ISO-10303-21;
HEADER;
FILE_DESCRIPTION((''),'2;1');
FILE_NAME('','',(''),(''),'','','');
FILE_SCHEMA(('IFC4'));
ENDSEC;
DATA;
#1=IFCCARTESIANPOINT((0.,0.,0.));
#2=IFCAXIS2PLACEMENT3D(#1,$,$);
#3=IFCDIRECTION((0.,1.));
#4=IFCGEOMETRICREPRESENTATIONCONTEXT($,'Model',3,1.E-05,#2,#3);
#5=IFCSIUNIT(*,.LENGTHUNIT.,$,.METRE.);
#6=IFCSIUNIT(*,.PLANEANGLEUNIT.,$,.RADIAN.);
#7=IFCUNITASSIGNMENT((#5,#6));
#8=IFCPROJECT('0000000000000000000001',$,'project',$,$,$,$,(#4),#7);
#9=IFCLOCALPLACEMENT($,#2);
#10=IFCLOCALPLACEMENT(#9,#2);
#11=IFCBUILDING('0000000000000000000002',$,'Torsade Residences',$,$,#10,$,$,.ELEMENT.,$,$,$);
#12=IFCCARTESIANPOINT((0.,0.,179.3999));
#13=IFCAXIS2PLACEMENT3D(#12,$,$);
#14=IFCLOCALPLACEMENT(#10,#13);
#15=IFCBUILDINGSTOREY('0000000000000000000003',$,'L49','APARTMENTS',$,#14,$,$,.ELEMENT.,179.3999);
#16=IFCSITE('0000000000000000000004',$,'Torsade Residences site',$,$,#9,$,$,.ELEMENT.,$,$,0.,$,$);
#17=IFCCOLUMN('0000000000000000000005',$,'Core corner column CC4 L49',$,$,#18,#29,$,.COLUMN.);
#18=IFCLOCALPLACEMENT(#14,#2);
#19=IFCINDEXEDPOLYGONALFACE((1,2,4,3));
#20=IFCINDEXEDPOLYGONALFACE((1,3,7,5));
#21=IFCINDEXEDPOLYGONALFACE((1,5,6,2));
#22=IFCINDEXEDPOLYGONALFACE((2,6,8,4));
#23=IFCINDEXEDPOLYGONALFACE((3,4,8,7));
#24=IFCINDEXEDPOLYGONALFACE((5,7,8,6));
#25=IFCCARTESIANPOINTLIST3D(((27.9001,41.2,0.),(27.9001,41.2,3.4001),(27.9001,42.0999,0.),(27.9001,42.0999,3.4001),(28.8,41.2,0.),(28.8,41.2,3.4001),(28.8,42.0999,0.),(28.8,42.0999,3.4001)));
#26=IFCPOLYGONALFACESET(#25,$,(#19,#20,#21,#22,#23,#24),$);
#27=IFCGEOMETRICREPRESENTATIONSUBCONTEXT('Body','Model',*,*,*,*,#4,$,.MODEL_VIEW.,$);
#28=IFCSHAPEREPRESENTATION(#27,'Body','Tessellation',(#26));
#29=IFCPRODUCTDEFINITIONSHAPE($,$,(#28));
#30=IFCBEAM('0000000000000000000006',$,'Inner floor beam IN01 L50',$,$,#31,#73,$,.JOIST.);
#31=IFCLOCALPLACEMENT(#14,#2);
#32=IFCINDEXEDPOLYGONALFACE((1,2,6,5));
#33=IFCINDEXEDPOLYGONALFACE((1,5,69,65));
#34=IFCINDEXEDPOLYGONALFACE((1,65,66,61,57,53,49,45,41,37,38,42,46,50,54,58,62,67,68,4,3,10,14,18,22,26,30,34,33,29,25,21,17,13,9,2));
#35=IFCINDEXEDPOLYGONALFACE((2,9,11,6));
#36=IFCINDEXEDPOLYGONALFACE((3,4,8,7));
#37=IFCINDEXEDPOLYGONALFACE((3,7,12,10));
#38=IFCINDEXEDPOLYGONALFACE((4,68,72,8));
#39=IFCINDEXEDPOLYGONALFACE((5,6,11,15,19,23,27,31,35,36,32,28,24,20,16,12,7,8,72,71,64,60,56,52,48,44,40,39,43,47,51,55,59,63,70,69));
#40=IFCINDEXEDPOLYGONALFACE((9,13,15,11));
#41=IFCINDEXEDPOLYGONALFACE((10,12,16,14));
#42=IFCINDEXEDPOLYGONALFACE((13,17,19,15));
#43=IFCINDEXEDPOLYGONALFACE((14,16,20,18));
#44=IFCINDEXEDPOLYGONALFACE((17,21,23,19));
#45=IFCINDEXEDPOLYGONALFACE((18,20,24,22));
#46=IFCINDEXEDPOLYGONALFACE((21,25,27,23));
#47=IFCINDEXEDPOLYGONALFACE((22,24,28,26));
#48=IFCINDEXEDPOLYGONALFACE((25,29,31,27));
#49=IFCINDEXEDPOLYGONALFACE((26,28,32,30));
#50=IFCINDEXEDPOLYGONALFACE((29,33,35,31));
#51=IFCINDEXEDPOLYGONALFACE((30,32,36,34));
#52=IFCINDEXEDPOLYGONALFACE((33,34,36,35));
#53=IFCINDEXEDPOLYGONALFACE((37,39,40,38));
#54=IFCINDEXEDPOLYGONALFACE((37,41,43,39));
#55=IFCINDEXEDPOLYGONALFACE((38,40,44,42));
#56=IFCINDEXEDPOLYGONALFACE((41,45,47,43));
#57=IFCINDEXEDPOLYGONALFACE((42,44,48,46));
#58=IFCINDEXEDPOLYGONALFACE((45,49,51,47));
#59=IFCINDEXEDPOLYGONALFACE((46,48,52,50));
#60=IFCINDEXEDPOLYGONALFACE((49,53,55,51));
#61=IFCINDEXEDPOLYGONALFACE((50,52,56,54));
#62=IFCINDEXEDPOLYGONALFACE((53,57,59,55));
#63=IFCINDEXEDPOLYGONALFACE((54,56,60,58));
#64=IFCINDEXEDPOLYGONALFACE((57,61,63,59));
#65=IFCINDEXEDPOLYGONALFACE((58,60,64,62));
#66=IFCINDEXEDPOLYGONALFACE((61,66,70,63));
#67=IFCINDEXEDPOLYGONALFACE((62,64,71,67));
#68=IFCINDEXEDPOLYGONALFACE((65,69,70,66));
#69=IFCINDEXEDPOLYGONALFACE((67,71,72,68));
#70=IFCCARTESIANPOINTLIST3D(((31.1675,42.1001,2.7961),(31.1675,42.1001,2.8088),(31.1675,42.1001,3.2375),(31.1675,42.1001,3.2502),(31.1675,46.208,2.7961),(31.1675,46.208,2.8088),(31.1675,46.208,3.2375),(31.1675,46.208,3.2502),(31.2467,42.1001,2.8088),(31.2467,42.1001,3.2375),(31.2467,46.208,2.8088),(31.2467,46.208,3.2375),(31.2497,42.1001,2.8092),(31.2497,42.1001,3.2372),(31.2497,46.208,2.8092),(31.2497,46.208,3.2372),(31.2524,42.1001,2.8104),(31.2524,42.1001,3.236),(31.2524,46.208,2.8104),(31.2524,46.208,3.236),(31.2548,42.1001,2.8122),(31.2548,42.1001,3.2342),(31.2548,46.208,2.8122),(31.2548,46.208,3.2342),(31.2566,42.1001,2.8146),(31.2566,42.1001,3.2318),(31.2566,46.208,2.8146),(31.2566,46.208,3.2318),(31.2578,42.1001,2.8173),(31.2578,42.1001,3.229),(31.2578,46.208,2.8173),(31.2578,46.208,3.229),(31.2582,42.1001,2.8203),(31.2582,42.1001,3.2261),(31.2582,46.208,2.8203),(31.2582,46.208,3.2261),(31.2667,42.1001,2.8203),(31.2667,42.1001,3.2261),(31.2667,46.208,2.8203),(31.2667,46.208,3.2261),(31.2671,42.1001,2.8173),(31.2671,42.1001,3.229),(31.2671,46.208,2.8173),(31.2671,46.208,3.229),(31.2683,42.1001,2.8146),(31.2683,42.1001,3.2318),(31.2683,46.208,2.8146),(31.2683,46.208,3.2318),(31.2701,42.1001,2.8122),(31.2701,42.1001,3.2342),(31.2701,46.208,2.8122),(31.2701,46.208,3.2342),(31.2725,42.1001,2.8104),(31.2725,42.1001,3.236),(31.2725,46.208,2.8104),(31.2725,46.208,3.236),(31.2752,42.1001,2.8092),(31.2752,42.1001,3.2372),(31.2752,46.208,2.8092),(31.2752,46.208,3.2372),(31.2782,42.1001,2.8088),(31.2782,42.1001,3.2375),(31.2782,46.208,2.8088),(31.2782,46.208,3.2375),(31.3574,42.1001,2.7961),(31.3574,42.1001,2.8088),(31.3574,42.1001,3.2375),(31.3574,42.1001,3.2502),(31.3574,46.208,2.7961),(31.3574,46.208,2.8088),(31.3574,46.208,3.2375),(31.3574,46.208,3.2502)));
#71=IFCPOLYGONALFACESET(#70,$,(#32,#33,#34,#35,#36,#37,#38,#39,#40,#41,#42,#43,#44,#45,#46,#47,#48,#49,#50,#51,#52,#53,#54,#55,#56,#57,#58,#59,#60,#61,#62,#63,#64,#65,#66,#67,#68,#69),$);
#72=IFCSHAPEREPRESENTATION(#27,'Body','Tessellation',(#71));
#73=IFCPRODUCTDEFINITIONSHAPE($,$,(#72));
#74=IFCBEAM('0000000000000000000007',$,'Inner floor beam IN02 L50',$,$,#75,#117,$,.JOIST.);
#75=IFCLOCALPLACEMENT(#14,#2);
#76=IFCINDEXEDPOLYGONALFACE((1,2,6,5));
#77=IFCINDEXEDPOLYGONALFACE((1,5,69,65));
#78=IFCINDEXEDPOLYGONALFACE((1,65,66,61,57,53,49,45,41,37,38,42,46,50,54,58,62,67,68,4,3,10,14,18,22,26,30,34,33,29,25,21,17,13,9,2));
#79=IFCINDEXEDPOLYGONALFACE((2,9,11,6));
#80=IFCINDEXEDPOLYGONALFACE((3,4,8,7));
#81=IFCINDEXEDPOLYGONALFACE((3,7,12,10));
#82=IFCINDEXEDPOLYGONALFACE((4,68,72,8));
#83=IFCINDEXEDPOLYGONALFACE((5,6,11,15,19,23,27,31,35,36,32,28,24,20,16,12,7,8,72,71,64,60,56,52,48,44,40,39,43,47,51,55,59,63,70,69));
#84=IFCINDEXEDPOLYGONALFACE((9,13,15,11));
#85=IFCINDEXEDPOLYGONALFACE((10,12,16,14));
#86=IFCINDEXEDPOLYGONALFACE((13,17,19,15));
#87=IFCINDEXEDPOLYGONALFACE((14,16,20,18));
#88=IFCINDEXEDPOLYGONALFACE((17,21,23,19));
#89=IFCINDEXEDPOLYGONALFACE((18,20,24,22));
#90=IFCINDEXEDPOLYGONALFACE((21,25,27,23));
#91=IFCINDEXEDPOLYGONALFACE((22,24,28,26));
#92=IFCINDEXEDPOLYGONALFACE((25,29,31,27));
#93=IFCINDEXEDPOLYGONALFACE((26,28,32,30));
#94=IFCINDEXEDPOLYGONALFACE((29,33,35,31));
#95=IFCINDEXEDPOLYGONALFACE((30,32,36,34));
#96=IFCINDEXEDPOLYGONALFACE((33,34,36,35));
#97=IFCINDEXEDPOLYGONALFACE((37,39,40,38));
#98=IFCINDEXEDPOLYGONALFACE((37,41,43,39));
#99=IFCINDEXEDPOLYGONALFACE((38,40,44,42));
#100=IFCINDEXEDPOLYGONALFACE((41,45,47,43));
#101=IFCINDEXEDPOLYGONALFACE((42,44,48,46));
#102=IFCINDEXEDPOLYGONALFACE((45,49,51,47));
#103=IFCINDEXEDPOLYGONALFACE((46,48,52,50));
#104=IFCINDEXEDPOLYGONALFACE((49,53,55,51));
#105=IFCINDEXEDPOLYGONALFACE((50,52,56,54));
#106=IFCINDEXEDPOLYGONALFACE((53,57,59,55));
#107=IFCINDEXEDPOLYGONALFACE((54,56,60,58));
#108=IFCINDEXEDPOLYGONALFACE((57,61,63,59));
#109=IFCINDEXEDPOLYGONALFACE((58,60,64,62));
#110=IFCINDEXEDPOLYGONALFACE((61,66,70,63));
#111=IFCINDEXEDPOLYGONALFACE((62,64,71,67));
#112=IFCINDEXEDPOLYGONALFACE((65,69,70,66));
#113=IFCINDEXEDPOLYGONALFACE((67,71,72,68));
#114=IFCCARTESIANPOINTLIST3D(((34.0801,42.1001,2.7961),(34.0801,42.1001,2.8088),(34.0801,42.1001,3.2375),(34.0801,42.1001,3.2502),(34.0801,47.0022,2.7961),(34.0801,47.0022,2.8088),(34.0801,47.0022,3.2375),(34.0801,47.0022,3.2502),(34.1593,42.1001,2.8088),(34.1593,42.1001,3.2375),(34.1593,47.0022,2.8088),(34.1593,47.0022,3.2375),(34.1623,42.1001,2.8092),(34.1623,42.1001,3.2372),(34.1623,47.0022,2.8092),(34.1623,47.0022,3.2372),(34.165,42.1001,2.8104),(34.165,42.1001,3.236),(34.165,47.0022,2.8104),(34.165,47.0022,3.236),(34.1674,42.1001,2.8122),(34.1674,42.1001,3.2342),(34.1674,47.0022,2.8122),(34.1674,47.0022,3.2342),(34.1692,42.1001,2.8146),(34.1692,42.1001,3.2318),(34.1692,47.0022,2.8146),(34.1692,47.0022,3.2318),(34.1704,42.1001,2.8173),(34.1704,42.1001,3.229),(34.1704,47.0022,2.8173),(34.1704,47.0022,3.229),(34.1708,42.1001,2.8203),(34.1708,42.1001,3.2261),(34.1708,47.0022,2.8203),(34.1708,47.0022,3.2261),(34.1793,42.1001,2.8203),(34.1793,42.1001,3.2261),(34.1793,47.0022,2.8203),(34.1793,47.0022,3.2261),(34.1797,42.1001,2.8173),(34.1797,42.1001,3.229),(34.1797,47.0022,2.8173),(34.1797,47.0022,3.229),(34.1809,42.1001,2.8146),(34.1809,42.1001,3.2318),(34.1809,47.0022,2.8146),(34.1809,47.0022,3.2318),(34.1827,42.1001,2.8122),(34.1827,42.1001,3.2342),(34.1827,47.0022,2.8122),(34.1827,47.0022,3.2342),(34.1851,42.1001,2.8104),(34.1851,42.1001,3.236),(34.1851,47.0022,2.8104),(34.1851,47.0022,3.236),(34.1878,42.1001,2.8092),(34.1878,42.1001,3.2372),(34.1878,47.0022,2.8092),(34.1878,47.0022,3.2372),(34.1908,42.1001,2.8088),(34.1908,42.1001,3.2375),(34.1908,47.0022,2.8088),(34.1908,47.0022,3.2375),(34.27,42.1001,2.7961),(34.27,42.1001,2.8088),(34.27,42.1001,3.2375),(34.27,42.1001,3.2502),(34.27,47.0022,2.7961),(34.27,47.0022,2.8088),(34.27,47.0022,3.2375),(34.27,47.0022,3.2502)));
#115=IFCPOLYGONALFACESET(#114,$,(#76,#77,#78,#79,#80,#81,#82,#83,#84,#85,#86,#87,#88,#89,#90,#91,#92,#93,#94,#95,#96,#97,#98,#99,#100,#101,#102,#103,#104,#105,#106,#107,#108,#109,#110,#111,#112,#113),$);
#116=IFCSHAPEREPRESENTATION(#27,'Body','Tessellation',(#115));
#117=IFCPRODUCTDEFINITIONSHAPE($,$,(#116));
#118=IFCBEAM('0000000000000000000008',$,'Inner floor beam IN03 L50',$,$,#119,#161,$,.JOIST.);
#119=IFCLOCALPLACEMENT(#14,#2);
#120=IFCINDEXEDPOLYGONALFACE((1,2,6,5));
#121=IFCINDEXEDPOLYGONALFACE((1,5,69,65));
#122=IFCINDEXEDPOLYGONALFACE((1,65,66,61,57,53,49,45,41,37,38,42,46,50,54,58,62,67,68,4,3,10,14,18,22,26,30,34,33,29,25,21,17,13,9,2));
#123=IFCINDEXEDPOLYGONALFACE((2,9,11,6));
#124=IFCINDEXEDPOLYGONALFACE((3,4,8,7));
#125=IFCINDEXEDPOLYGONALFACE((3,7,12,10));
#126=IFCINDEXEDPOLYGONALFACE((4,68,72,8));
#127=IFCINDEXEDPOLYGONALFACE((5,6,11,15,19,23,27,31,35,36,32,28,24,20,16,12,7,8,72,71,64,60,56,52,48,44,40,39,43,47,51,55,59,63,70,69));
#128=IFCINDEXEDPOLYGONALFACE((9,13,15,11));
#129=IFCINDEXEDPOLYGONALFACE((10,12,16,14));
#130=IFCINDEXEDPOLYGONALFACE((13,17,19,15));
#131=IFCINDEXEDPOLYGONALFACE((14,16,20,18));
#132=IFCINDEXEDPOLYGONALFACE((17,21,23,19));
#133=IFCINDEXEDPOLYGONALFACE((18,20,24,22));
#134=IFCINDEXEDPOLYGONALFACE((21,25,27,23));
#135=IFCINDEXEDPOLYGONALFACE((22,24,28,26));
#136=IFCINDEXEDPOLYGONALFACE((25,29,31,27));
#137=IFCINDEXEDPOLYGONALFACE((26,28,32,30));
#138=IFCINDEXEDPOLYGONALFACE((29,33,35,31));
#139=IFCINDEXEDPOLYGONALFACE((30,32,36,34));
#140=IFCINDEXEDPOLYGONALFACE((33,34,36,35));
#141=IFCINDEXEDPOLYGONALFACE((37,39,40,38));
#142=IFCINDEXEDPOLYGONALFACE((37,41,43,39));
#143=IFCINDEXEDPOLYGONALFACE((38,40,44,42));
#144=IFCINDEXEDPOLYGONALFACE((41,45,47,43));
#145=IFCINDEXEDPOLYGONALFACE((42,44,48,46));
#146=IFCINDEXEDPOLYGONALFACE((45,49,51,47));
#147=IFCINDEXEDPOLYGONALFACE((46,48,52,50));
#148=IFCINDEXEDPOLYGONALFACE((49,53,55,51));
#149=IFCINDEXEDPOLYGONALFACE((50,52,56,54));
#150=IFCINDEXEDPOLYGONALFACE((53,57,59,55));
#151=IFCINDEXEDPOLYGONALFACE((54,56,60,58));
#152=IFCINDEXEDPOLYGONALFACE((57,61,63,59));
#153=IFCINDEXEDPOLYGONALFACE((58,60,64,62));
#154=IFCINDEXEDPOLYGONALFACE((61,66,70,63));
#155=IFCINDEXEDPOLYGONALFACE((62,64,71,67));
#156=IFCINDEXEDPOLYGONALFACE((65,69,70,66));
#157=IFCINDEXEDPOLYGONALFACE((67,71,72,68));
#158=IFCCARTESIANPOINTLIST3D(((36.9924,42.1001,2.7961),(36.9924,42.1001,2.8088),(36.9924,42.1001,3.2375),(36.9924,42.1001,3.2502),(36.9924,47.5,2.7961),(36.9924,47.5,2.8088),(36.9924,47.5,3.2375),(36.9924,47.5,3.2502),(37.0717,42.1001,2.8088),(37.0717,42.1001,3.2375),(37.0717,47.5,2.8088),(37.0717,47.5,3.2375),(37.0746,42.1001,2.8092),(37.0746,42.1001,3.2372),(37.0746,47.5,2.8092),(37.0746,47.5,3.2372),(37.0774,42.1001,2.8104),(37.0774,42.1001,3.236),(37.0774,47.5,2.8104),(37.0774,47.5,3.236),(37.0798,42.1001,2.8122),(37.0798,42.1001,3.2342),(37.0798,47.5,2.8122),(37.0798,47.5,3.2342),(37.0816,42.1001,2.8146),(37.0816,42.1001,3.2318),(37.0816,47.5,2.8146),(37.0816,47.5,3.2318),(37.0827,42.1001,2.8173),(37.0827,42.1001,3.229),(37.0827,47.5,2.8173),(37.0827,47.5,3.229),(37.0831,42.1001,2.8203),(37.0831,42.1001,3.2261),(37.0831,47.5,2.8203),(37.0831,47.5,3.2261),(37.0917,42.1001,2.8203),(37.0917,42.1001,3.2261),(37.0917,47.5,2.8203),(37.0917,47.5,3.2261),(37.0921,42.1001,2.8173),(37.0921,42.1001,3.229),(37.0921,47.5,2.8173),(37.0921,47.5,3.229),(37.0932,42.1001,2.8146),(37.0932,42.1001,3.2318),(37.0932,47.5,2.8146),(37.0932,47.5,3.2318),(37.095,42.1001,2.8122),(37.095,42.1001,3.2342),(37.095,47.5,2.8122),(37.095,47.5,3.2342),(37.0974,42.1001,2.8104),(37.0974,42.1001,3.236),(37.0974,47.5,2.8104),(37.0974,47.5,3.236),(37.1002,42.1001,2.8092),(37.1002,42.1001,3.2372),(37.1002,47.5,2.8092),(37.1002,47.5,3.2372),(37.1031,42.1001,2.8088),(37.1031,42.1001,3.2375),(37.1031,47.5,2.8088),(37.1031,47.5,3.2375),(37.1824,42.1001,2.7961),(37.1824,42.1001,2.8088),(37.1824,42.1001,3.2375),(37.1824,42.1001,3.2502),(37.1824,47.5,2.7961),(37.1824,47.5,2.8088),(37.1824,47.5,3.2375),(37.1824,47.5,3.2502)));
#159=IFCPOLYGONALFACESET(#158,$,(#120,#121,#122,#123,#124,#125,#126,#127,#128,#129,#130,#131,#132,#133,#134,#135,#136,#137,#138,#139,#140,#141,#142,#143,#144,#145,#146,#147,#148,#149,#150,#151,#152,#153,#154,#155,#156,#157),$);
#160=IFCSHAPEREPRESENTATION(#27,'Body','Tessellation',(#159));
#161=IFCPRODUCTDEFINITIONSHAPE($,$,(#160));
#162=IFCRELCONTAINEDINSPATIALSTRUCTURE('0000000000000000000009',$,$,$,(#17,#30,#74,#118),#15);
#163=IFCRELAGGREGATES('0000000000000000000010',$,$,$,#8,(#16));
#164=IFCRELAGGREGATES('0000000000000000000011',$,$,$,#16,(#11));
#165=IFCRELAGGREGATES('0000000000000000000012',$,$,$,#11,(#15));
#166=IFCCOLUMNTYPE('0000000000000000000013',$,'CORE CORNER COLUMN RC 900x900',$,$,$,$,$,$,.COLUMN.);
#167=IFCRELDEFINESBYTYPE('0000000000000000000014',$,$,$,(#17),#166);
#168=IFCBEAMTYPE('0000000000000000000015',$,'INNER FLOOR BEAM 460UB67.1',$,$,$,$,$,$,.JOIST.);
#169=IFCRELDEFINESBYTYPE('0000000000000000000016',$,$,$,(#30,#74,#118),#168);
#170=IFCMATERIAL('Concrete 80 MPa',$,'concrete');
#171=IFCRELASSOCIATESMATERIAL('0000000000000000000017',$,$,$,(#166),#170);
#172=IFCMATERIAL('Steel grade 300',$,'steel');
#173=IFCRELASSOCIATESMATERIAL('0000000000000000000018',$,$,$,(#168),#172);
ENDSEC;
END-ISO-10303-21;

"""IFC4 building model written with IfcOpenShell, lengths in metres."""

from ifc_helpers import new_model, si_unit, direction, frame, origin, origin_2d, place, context, subcontext, project, spatial, rectangle, i_section, extrude, material, material_profile, profile_set, type_object, element, save


model = new_model("IFC4")

# Units and contexts
model_context = context("Model", 3, precision=1e-05, world=origin(), true_north=direction((0.0, 1.0)))
body_context = subcontext(model_context, "Body", "Model", "MODEL_VIEW")
ifc_project = project(units=[si_unit("LENGTHUNIT", "METRE"), si_unit("PLANEANGLEUNIT", "RADIAN")], contexts=[model_context])

# Site, building, storey
site_placement = place(None, origin())
site = spatial("IfcSite", under=ifc_project, at=site_placement, Name="Torsade Residences site", CompositionType="ELEMENT", RefElevation=0.0)
building_placement = place(site_placement, origin())
building = spatial("IfcBuilding", under=site, at=building_placement, Name="Torsade Residences", CompositionType="ELEMENT")
storey_placement = place(building_placement, frame((0.0, 0.0, 179.3999)))
storey = spatial("IfcBuildingStorey", under=building, at=storey_placement, Name="L49", Description="APARTMENTS", CompositionType="ELEMENT", Elevation=179.3999)

# Column
ifc_material_1 = material(Name="Concrete 80 MPa", Category="concrete")
ifc_material_profile_1 = material_profile(ifc_material_1, rectangle(XDim=0.8999, YDim=0.8999, at=origin_2d()), Name="RC 900x900")
ifc_profile_set_1 = profile_set([ifc_material_profile_1], Name="Concrete 80 MPa")
column_type = type_object("IfcColumnType", Name="CORE CORNER COLUMN RC 900x900", PredefinedType="COLUMN", material=ifc_profile_set_1)
column_placement = place(storey_placement, frame((28.3501, 41.6499, 0.0), z_axis=(0.0, 0.0, 1.0), x_axis=(1.0, 0.0, 0.0)))
element("IfcColumn", 1, at=column_placement, inside=storey, type_object=column_type, Name="Core corner column CC4 L49", PredefinedType="COLUMN", context=body_context, shape_type="SweptSolid", body=[
    extrude(rectangle(XDim=0.8999, YDim=0.8999, at=origin_2d()), origin(), (0.0, 0.0, 1.0), 3.4001),
])

# Beams
ifc_material_2 = material(Name="Steel grade 300", Category="steel")
ifc_material_profile_2 = material_profile(ifc_material_2, i_section(OverallWidth=0.1899, OverallDepth=0.4541, WebThickness=0.0085, FlangeThickness=0.0127, FilletRadius=0.0115, at=origin_2d()), Name="460UB67.1")
ifc_profile_set_2 = profile_set([ifc_material_profile_2], Name="Steel grade 300")
beam_type = type_object("IfcBeamType", Name="INNER FLOOR BEAM 460UB67.1", PredefinedType="JOIST", material=ifc_profile_set_2)
beam_1_placement = place(storey_placement, frame((31.2625, 42.1001, 3.0232), z_axis=(0.0, 1.0, 0.0), x_axis=(-1.0, 0.0, 0.0)))
element("IfcBeam", 2, at=beam_1_placement, inside=storey, type_object=beam_type, Name="Inner floor beam IN01 L50", PredefinedType="JOIST", context=body_context, shape_type="SweptSolid", body=[
    extrude(i_section(OverallWidth=0.1899, OverallDepth=0.4541, WebThickness=0.0085, FlangeThickness=0.0127, FilletRadius=0.0115, at=origin_2d()), origin(), (0.0, 0.0, 1.0), 4.1079),
])
beam_2_placement = place(storey_placement, frame((34.175, 42.1001, 3.0232), z_axis=(0.0, 1.0, 0.0), x_axis=(-1.0, 0.0, 0.0)))
element("IfcBeam", 3, at=beam_2_placement, inside=storey, type_object=beam_type, Name="Inner floor beam IN02 L50", PredefinedType="JOIST", context=body_context, shape_type="SweptSolid", body=[
    extrude(i_section(OverallWidth=0.1899, OverallDepth=0.4541, WebThickness=0.0085, FlangeThickness=0.0127, FilletRadius=0.0115, at=origin_2d()), origin(), (0.0, 0.0, 1.0), 4.9021),
])
beam_3_placement = place(storey_placement, frame((37.0874, 42.1001, 3.0232), z_axis=(0.0, 1.0, 0.0), x_axis=(-1.0, 0.0, 0.0)))
element("IfcBeam", 4, at=beam_3_placement, inside=storey, type_object=beam_type, Name="Inner floor beam IN03 L50", PredefinedType="JOIST", context=body_context, shape_type="SweptSolid", body=[
    extrude(i_section(OverallWidth=0.1899, OverallDepth=0.4541, WebThickness=0.0085, FlangeThickness=0.0127, FilletRadius=0.0115, at=origin_2d()), origin(), (0.0, 0.0, 1.0), 5.3999),
])

save(model, "model.ifc")
